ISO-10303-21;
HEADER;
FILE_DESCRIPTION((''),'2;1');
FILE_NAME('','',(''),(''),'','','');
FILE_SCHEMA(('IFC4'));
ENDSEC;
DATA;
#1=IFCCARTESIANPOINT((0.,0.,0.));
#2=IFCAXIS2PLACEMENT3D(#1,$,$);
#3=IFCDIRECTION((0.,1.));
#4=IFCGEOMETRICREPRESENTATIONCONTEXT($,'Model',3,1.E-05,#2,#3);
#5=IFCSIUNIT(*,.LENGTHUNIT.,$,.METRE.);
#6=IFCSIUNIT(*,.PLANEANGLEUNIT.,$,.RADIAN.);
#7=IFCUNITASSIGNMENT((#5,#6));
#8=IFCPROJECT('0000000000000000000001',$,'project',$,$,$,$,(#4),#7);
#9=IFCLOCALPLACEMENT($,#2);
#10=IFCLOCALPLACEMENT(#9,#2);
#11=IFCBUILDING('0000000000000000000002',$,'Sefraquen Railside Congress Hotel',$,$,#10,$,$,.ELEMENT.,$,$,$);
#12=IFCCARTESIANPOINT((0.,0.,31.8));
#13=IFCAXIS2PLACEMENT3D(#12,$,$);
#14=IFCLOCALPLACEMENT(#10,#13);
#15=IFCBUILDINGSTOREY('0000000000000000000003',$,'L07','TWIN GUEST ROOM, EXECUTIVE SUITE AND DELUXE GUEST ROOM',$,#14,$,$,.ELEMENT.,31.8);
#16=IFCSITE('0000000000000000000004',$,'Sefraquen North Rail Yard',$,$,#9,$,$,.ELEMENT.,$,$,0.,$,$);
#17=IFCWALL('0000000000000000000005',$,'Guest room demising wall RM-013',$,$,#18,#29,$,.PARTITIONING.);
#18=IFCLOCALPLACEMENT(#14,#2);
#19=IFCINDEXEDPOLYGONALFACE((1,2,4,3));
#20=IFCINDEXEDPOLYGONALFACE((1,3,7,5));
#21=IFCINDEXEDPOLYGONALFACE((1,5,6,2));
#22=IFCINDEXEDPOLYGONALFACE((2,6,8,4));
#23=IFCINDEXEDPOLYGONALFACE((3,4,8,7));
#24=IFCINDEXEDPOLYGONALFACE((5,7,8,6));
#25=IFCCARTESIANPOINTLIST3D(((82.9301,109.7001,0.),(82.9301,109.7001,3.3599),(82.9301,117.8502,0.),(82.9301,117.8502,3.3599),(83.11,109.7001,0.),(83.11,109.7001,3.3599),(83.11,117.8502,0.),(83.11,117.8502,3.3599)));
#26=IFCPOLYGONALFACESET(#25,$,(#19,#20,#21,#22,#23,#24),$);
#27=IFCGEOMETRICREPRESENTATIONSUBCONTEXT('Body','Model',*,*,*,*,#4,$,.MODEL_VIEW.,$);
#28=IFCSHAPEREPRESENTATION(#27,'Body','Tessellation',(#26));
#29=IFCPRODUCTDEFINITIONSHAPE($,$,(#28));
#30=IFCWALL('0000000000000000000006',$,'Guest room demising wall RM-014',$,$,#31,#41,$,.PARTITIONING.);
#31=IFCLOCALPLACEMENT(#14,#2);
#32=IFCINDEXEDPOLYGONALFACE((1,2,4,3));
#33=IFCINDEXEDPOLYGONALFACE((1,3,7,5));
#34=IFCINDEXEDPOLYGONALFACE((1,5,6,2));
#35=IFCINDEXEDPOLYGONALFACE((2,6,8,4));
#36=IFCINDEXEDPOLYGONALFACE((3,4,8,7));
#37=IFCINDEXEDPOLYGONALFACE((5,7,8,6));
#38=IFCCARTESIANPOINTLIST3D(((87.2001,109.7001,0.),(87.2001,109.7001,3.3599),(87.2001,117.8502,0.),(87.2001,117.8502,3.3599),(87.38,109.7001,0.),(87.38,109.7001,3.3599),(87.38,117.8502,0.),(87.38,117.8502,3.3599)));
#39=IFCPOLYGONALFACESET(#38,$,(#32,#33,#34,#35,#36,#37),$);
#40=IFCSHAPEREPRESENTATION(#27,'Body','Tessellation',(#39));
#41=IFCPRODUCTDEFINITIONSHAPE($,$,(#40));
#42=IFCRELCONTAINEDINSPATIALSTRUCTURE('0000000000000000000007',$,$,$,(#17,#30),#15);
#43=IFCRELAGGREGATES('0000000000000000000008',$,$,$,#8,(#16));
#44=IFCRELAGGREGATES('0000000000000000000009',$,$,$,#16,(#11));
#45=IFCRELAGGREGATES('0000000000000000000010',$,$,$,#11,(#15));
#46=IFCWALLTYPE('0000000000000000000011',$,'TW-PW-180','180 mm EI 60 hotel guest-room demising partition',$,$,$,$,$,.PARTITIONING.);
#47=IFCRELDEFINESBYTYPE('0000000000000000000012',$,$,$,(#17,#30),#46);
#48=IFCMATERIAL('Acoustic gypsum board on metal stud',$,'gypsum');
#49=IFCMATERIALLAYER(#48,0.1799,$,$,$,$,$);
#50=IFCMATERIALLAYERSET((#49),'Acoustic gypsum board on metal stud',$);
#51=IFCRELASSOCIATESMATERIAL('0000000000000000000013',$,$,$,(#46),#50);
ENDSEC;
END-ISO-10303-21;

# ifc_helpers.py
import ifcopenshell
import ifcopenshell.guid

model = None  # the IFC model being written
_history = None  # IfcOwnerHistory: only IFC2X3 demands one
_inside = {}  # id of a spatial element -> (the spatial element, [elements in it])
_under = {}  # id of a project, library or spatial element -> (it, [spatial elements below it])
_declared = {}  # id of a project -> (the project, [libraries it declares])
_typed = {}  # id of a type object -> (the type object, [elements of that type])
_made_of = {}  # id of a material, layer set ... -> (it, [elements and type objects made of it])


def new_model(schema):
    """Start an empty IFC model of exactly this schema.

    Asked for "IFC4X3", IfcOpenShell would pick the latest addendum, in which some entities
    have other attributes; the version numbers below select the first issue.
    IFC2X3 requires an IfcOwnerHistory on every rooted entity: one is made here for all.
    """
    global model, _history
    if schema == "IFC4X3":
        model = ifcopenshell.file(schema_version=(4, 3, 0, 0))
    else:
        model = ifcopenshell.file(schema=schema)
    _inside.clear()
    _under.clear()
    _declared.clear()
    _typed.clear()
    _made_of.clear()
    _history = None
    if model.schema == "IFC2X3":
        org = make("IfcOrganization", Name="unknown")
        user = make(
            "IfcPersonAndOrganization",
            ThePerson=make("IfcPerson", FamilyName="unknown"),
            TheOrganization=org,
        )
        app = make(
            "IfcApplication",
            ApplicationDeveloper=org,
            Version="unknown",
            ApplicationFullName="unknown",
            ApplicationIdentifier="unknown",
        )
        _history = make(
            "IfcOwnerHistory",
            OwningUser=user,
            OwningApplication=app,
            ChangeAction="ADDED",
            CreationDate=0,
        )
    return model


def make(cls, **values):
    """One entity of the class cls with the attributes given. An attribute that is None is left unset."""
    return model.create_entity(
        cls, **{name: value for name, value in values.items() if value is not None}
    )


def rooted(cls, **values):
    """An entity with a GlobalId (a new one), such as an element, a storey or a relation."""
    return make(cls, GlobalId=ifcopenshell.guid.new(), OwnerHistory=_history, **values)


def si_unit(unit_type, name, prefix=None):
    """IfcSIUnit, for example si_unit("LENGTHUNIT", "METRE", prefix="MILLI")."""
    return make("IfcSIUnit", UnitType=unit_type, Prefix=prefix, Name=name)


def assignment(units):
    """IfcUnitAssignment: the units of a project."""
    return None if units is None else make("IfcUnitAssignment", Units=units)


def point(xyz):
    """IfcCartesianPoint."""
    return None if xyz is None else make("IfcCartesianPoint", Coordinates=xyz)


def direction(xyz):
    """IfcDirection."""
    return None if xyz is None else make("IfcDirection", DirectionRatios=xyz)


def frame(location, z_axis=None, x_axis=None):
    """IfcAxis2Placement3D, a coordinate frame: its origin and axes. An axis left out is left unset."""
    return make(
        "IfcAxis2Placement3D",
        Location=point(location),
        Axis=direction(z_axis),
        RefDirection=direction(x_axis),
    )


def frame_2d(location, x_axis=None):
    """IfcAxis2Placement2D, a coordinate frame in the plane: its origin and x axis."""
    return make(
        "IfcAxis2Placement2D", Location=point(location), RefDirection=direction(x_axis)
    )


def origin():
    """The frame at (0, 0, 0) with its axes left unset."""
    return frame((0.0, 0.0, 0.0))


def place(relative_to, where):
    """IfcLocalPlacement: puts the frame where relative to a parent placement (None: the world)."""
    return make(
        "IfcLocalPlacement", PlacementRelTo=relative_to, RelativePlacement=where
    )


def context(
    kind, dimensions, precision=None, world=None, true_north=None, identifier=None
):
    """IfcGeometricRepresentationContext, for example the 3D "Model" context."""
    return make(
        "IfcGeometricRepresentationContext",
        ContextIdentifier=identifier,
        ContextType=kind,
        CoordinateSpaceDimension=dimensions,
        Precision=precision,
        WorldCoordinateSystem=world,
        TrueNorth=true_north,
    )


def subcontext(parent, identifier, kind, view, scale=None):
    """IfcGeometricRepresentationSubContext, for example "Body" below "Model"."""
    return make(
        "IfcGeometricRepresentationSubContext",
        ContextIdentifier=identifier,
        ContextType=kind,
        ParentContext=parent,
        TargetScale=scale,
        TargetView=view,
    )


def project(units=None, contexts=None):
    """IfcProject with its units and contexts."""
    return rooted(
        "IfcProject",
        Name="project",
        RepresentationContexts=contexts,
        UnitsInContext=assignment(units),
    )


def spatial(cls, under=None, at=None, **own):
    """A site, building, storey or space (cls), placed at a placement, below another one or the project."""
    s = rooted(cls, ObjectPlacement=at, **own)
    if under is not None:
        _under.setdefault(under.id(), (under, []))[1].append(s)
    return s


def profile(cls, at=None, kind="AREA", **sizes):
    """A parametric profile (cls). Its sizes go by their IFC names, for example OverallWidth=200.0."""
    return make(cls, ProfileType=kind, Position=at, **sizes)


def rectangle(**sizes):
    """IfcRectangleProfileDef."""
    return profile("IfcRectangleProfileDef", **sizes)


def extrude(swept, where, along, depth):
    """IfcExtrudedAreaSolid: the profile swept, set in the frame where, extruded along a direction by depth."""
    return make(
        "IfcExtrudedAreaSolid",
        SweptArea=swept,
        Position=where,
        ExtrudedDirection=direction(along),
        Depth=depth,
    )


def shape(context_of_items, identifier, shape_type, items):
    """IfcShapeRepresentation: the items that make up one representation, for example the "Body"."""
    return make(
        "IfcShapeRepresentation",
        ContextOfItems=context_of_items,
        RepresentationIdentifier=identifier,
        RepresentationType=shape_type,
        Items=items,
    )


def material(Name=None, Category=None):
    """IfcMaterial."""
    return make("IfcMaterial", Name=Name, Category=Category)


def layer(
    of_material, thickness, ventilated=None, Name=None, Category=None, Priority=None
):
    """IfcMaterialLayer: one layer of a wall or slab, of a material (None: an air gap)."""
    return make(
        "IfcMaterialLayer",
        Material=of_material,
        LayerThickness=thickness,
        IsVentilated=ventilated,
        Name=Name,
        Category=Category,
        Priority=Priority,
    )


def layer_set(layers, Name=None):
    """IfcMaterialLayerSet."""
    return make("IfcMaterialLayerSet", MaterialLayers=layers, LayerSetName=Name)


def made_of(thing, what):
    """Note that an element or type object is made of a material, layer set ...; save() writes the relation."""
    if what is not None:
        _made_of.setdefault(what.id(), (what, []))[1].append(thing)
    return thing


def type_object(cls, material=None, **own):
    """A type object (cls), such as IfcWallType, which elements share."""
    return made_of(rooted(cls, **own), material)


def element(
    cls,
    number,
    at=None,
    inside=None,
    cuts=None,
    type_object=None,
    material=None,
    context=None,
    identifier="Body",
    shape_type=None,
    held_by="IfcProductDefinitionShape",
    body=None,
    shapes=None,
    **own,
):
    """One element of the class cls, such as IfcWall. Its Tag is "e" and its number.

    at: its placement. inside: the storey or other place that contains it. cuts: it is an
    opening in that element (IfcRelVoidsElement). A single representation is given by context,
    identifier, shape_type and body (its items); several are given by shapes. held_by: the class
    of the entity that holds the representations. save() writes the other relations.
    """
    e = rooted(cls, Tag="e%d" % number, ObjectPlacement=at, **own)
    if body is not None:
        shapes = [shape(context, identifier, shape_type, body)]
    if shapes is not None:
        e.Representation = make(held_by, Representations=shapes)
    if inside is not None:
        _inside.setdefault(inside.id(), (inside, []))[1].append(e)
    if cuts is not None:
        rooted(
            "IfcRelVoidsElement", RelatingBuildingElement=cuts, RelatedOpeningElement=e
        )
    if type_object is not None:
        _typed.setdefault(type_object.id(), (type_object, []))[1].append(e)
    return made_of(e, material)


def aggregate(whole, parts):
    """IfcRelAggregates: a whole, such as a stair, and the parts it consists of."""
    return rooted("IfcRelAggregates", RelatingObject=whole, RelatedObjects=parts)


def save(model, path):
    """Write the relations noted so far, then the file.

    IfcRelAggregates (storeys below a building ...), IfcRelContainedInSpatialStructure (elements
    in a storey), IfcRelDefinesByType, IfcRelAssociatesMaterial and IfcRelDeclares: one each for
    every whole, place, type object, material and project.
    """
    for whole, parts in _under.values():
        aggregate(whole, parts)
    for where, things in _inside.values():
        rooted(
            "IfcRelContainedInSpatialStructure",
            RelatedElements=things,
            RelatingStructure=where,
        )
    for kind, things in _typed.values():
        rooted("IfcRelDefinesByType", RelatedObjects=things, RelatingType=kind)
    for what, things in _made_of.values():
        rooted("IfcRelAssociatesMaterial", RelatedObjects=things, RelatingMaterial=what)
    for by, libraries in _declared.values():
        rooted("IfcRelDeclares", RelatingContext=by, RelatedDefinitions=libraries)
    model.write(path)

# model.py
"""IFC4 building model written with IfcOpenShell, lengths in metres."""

from ifc_helpers import new_model, si_unit, direction, frame, frame_2d, origin, place, context, subcontext, project, spatial, rectangle, extrude, material, layer, layer_set, type_object, element, save


model = new_model("IFC4")

# Units and contexts
model_context = context("Model", 3, precision=1e-05, world=origin(), true_north=direction((0.0, 1.0)))
body_context = subcontext(model_context, "Body", "Model", "MODEL_VIEW")
ifc_project = project(units=[si_unit("LENGTHUNIT", "METRE"), si_unit("PLANEANGLEUNIT", "RADIAN")], contexts=[model_context])

# Site, building, storey
site_placement = place(None, origin())
site = spatial("IfcSite", under=ifc_project, at=site_placement, Name="Sefraquen North Rail Yard", CompositionType="ELEMENT", RefElevation=0.0)
building_placement = place(site_placement, origin())
building = spatial("IfcBuilding", under=site, at=building_placement, Name="Sefraquen Railside Congress Hotel", CompositionType="ELEMENT")
storey_placement = place(building_placement, frame((0.0, 0.0, 31.8)))
storey = spatial("IfcBuildingStorey", under=building, at=storey_placement, Name="L07", Description="TWIN GUEST ROOM, EXECUTIVE SUITE AND DELUXE GUEST ROOM", CompositionType="ELEMENT", Elevation=31.8)

# Walls
ifc_material_1 = material(Name="Acoustic gypsum board on metal stud", Category="gypsum")
ifc_layer_1 = layer(ifc_material_1, 0.1799)
ifc_layer_set_1 = layer_set([ifc_layer_1], Name="Acoustic gypsum board on metal stud")
wall_type_1 = type_object("IfcWallType", Name="TW-PW-180", Description="180 mm EI 60 hotel guest-room demising partition", PredefinedType="PARTITIONING", material=ifc_layer_set_1)
for number, where, z_axis, x_axis, name in (
    (1, (83.02, 109.7, 0.0), (0.0, 0.0, 1.0), (0.0, 1.0, 0.0), "Guest room demising wall RM-013"),
    (2, (87.29, 109.7, 0.0), (0.0, 0.0, 1.0), (0.0, 1.0, 0.0), "Guest room demising wall RM-014"),
):
    element("IfcWall", number, at=place(storey_placement, frame(where, z_axis=z_axis, x_axis=x_axis)), inside=storey, type_object=wall_type_1, Name=name, PredefinedType="PARTITIONING", context=body_context, shape_type="SweptSolid", body=[
        extrude(rectangle(XDim=8.1501, YDim=0.1799, at=frame_2d((4.0752, 0.0))), origin(), (0.0, 0.0, 1.0), 3.3599),
    ])

save(model, "model.ifc")
